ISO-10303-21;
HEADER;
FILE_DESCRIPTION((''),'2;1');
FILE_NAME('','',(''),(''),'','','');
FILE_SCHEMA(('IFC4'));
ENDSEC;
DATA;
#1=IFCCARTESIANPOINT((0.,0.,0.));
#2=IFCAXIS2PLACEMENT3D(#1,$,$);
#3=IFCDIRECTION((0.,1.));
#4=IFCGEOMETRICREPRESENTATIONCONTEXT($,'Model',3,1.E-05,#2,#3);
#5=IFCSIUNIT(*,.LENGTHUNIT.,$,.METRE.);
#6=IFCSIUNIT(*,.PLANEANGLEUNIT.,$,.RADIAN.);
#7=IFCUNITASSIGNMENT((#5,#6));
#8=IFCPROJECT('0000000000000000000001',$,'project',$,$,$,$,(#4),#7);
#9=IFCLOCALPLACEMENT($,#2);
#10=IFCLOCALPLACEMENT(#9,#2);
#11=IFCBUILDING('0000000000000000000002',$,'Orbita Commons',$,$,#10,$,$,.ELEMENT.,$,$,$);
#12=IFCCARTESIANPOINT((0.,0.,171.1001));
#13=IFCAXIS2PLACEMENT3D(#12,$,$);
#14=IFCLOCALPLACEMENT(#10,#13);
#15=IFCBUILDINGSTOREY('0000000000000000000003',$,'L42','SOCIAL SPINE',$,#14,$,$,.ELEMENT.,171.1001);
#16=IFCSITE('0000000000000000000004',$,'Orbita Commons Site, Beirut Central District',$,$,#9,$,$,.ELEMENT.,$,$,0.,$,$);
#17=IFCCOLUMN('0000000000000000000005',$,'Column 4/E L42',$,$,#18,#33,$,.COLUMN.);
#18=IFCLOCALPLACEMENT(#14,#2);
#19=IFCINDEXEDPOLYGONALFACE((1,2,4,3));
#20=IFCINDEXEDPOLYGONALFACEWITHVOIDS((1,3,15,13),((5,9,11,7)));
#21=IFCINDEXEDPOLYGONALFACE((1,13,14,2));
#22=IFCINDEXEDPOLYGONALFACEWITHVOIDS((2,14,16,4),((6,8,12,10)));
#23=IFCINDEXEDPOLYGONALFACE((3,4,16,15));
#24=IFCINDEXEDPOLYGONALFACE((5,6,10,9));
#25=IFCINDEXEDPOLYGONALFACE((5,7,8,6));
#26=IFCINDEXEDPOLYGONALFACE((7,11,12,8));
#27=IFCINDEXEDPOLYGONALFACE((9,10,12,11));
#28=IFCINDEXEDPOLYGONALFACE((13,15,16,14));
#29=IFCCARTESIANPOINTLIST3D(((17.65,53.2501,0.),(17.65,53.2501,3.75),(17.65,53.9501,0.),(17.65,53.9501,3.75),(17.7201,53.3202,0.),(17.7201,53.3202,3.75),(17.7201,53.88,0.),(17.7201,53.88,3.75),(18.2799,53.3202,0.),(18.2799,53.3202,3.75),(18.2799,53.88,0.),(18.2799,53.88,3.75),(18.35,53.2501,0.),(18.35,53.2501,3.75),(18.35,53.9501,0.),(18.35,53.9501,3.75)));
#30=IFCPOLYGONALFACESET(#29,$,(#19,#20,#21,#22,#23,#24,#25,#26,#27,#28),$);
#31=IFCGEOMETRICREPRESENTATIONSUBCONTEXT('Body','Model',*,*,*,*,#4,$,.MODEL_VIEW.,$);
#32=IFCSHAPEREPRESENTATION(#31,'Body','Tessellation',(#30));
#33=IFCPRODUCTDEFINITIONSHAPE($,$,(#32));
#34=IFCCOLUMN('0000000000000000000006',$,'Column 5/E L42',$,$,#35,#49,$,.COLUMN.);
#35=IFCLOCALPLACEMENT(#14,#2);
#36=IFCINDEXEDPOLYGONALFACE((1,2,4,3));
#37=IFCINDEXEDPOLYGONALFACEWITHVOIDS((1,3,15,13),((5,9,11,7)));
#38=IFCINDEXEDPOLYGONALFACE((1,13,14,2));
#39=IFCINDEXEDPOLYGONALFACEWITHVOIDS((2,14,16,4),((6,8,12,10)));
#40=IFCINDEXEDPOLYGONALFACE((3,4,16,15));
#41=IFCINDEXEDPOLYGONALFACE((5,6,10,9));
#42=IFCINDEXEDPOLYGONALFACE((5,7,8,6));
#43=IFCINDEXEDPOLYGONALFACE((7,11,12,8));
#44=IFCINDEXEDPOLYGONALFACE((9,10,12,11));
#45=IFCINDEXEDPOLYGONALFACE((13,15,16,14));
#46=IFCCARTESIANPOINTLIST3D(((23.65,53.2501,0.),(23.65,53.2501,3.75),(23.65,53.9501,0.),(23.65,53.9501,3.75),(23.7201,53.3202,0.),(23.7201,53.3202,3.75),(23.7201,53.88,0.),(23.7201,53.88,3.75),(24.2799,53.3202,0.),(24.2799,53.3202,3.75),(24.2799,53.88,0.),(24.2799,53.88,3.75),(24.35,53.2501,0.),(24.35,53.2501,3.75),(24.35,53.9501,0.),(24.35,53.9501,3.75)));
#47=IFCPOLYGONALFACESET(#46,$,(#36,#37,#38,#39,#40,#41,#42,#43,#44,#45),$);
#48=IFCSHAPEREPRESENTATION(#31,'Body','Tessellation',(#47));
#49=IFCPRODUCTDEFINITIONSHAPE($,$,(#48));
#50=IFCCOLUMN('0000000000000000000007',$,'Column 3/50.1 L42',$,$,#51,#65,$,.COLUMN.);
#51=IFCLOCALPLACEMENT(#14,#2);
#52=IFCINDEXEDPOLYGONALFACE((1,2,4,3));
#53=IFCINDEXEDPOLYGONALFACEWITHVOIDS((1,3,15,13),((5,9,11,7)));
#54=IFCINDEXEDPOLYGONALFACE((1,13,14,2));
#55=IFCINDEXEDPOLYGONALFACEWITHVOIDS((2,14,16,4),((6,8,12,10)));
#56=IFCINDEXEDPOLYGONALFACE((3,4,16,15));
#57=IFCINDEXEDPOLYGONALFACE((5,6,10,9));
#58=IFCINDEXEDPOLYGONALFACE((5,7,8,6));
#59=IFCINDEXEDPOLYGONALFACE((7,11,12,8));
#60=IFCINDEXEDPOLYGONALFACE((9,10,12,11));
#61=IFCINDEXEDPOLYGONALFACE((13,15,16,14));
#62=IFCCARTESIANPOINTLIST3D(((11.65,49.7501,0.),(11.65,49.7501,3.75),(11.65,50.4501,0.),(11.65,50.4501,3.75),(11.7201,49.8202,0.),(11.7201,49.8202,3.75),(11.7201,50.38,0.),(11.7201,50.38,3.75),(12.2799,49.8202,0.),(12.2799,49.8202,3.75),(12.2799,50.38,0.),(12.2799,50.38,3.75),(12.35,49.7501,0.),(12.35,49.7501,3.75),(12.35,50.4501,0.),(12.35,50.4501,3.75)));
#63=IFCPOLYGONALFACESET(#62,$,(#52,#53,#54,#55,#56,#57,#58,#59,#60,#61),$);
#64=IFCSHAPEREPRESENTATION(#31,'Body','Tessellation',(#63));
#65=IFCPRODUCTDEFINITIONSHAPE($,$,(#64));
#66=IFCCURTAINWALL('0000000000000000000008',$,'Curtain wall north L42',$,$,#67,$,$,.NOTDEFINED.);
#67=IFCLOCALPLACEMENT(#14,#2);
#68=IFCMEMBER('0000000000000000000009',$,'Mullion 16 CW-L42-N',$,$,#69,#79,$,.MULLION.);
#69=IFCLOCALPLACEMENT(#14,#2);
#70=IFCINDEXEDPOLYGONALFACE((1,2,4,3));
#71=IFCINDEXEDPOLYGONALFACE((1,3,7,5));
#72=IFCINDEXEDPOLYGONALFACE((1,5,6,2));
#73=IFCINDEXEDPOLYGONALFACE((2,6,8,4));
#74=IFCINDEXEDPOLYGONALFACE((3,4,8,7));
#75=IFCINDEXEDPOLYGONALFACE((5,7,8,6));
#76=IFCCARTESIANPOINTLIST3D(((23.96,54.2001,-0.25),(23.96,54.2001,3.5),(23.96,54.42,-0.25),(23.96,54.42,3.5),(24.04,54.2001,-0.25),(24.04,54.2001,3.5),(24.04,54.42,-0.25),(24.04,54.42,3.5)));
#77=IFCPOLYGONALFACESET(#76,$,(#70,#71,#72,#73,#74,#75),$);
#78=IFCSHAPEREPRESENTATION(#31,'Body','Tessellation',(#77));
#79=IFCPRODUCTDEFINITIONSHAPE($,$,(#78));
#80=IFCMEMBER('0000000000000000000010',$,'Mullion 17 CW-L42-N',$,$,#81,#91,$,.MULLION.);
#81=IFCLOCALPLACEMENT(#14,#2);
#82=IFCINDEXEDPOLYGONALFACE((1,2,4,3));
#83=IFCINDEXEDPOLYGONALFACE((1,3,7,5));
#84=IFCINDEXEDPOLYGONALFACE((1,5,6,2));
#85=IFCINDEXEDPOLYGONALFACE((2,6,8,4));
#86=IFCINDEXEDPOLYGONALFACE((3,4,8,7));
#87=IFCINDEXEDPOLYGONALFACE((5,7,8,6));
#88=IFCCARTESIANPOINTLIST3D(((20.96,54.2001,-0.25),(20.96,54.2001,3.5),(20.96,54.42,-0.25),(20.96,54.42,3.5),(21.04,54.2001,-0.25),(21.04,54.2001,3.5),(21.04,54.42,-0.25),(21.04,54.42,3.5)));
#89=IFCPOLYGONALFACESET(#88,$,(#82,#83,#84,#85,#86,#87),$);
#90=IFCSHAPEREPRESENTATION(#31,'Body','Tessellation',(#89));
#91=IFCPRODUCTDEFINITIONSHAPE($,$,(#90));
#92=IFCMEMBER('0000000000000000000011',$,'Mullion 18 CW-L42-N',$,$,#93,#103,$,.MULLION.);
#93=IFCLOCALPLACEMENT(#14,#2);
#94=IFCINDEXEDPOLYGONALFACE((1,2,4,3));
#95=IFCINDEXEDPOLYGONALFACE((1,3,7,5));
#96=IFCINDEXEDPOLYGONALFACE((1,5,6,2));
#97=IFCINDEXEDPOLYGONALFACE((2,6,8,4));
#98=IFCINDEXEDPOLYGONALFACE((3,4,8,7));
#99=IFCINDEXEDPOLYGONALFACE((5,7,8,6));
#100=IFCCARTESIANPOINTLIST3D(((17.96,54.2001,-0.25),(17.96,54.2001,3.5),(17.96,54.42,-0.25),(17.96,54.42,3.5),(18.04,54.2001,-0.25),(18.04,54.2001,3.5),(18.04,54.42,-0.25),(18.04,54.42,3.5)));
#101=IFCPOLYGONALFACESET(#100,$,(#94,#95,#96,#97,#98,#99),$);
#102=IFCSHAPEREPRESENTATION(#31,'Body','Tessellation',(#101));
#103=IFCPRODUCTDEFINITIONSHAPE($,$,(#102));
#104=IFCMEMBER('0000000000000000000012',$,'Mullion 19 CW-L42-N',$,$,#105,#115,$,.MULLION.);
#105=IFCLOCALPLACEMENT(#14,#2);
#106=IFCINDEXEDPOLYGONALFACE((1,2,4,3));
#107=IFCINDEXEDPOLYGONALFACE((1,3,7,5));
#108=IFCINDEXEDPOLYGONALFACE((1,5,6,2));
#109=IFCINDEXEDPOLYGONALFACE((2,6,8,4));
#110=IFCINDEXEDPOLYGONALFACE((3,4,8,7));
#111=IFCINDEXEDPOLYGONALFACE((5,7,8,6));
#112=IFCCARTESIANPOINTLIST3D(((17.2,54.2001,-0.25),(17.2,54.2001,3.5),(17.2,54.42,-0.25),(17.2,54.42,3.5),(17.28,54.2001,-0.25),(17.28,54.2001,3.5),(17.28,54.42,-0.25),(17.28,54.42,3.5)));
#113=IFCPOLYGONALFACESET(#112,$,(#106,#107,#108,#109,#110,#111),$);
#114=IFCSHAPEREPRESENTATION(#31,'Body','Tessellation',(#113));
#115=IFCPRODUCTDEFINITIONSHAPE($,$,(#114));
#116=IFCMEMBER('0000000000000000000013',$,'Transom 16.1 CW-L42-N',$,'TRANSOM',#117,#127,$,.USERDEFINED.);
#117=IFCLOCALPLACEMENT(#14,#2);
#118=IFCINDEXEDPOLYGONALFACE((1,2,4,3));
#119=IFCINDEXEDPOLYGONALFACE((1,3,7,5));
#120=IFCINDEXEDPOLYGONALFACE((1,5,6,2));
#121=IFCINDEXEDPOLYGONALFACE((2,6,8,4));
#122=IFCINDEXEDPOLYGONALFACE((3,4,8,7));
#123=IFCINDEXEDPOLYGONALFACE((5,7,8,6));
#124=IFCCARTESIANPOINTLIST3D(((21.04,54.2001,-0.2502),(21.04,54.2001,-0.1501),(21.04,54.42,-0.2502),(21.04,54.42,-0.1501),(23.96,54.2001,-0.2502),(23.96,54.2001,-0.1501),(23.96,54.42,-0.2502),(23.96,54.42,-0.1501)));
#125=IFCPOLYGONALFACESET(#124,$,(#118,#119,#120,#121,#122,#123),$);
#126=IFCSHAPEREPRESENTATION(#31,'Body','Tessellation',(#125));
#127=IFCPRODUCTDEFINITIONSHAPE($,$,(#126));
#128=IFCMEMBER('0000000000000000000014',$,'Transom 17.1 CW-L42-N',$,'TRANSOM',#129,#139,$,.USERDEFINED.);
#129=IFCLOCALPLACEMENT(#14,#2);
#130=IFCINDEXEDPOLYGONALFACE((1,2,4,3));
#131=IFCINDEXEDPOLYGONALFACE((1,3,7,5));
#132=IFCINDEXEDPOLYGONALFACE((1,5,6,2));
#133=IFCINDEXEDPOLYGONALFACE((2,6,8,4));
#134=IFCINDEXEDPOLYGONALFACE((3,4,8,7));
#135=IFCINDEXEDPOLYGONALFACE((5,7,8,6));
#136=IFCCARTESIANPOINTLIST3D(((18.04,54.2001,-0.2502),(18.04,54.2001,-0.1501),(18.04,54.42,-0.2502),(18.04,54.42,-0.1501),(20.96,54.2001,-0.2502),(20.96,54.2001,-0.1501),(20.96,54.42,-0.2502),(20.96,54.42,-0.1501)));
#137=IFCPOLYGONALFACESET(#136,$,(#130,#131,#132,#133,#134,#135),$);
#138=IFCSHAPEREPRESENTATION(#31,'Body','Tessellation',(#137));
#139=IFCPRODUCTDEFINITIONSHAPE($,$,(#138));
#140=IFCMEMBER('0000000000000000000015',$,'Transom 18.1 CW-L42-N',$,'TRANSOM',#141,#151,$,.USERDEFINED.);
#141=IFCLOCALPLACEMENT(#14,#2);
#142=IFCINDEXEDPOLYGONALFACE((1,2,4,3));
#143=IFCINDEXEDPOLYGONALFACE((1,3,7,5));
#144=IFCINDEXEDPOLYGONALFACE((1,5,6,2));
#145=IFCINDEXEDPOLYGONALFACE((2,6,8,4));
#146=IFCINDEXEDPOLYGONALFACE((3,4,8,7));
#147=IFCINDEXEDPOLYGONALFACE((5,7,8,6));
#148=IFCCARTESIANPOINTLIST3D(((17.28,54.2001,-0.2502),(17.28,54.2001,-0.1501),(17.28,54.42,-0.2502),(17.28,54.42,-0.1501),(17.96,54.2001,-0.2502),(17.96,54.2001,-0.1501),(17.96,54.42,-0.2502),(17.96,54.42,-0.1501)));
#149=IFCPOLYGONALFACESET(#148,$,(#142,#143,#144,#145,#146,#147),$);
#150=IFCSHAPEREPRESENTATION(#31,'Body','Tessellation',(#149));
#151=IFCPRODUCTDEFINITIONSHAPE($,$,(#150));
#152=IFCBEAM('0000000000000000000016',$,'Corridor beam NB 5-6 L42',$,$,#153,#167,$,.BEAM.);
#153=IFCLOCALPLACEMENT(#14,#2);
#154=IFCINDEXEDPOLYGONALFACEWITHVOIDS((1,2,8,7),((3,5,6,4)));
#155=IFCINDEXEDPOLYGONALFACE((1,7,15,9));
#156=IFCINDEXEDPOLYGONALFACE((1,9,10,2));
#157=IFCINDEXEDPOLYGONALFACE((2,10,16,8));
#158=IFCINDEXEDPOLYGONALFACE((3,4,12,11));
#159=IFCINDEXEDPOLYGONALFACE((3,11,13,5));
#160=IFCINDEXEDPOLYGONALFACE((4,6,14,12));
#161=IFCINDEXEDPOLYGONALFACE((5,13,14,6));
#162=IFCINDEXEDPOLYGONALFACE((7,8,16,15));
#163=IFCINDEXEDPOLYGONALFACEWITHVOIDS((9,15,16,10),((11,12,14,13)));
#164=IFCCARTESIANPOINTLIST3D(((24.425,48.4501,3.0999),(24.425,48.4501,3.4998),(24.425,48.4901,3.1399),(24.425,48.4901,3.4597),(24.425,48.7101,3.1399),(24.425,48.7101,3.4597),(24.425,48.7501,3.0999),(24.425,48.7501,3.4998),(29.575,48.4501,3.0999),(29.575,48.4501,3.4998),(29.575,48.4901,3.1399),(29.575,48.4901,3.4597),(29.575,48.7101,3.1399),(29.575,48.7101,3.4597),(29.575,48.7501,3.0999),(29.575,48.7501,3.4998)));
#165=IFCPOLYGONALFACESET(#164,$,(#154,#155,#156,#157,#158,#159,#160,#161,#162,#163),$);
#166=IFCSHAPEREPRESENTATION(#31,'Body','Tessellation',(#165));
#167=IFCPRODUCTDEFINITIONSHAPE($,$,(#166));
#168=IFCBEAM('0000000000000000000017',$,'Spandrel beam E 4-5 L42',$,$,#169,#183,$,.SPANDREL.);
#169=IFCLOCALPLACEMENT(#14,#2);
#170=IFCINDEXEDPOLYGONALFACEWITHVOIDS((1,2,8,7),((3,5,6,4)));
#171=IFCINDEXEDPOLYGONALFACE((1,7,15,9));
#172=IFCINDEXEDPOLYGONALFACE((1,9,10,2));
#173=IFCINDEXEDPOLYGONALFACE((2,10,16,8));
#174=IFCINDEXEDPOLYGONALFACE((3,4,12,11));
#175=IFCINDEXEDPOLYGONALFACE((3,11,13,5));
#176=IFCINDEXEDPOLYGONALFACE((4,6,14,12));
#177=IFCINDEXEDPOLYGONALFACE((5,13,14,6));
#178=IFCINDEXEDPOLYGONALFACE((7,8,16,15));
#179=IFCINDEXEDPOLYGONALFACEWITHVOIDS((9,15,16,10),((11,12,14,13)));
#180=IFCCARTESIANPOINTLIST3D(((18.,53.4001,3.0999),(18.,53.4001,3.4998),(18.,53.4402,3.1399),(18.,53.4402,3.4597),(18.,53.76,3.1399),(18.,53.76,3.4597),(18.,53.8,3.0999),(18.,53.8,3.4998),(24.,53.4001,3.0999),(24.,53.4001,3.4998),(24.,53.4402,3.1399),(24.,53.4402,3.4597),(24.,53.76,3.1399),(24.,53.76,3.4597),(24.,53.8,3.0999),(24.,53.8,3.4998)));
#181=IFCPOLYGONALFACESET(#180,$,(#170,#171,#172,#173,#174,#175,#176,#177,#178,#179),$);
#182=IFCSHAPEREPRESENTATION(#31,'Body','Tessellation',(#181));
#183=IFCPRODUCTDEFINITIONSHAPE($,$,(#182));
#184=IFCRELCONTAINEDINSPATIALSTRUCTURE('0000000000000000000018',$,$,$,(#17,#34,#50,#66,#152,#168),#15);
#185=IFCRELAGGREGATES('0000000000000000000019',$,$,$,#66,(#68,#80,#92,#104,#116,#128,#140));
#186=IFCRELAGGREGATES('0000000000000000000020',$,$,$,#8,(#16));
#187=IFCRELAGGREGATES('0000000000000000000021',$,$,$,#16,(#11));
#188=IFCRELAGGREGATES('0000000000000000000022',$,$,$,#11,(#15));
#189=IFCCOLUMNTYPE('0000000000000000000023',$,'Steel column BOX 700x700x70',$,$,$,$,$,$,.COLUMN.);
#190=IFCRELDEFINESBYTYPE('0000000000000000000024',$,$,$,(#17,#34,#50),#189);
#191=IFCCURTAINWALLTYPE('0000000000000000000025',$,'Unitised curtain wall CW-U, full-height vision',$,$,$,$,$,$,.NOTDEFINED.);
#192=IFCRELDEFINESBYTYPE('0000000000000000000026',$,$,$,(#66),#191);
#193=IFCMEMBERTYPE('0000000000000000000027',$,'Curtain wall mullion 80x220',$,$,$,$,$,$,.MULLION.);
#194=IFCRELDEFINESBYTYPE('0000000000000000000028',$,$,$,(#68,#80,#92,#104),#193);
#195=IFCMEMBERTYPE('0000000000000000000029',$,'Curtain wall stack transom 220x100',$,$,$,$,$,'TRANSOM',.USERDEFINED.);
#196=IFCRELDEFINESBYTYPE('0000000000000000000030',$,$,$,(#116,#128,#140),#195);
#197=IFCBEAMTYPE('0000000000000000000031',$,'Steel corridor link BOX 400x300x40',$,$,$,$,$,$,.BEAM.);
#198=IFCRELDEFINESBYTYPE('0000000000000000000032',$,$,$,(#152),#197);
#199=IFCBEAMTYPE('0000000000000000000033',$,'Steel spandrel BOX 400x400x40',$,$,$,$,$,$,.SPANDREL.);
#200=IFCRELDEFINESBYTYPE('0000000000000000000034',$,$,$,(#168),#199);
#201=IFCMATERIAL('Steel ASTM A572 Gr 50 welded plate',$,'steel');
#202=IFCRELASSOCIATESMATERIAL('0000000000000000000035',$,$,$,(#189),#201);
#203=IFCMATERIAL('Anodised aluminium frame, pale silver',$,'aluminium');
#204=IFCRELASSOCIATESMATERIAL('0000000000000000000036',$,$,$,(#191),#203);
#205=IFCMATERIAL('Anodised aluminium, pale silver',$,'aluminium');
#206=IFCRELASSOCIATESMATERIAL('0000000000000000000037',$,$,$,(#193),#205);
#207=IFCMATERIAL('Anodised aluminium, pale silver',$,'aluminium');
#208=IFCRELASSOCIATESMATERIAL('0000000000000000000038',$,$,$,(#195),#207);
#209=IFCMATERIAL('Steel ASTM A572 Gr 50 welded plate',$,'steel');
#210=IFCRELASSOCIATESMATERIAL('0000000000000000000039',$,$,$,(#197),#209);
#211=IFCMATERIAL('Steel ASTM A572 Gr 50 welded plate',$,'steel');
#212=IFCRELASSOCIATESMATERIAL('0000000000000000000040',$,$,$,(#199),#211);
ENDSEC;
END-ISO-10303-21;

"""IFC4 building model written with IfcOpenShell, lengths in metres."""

from ifc_helpers import new_model, si_unit, direction, frame, origin, origin_2d, place, context, subcontext, project, spatial, rectangle, hollow_rectangle, extrude, material, material_profile, profile_set, type_object, element, aggregate, save


model = new_model("IFC4")

# Units and contexts
model_context = context("Model", 3, precision=1e-05, world=origin(), true_north=direction((0.0, 1.0)))
body_context = subcontext(model_context, "Body", "Model", "MODEL_VIEW")
ifc_project = project(units=[si_unit("LENGTHUNIT", "METRE"), si_unit("PLANEANGLEUNIT", "RADIAN")], contexts=[model_context])

# Site, building, storey
site_placement = place(None, origin())
site = spatial("IfcSite", under=ifc_project, at=site_placement, Name="Orbita Commons Site, Beirut Central District", CompositionType="ELEMENT", RefElevation=0.0)
building_placement = place(site_placement, origin())
building = spatial("IfcBuilding", under=site, at=building_placement, Name="Orbita Commons", CompositionType="ELEMENT")
storey_placement = place(building_placement, frame((0.0, 0.0, 171.1001)))
storey = spatial("IfcBuildingStorey", under=building, at=storey_placement, Name="L42", Description="SOCIAL SPINE", CompositionType="ELEMENT", Elevation=171.1001)

# Columns
ifc_material_1 = material(Name="Steel ASTM A572 Gr 50 welded plate", Category="steel")
ifc_material_profile_1 = material_profile(ifc_material_1, hollow_rectangle(XDim=0.7, YDim=0.7, WallThickness=0.0701, at=origin_2d()), Name="BOX 700x700x70")
ifc_profile_set_1 = profile_set([ifc_material_profile_1], Name="Steel ASTM A572 Gr 50 welded plate")
column_type = type_object("IfcColumnType", Name="Steel column BOX 700x700x70", PredefinedType="COLUMN", material=ifc_profile_set_1)
for number, where, z_axis, x_axis, name in (
    (1, (18.0, 53.6001, 0.0), (0.0, 0.0, 1.0), (1.0, 0.0, 0.0), "Column 4/E L42"),
    (2, (24.0, 53.6001, 0.0), (0.0, 0.0, 1.0), (1.0, 0.0, 0.0), "Column 5/E L42"),
    (3, (12.0, 50.1001, 0.0), (0.0, 0.0, 1.0), (1.0, 0.0, 0.0), "Column 3/50.1 L42"),
):
    element("IfcColumn", number, at=place(storey_placement, frame(where, z_axis=z_axis, x_axis=x_axis)), inside=storey, type_object=column_type, Name=name, PredefinedType="COLUMN", context=body_context, shape_type="SweptSolid", body=[
        extrude(hollow_rectangle(XDim=0.7, YDim=0.7, WallThickness=0.0701, at=origin_2d()), origin(), (0.0, 0.0, 1.0), 3.75),
    ])

# Curtain wall, members
ifc_material_2 = material(Name="Anodised aluminium frame, pale silver", Category="aluminium")
curtain_wall_type = type_object("IfcCurtainWallType", Name="Unitised curtain wall CW-U, full-height vision", PredefinedType="NOTDEFINED", material=ifc_material_2)
curtain_wall_placement = place(storey_placement, origin())
curtain_wall = element("IfcCurtainWall", 4, at=curtain_wall_placement, inside=storey, type_object=curtain_wall_type, Name="Curtain wall north L42", PredefinedType="NOTDEFINED")
ifc_material_3 = material(Name="Anodised aluminium, pale silver", Category="aluminium")
ifc_material_profile_2 = material_profile(ifc_material_3, rectangle(XDim=0.0801, YDim=0.22, at=origin_2d()), Name="AL 80x220")
ifc_profile_set_2 = profile_set([ifc_material_profile_2], Name="Anodised aluminium, pale silver")
member_type_1 = type_object("IfcMemberType", Name="Curtain wall mullion 80x220", PredefinedType="MULLION", material=ifc_profile_set_2)
member_1_placement = place(storey_placement, frame((24.0, 54.3101, -0.25), z_axis=(0.0, 0.0, 1.0), x_axis=(-1.0, 0.0, 0.0)))
member_1 = element("IfcMember", 5, at=member_1_placement, type_object=member_type_1, Name="Mullion 16 CW-L42-N", PredefinedType="MULLION", context=body_context, shape_type="SweptSolid", body=[
    extrude(rectangle(XDim=0.0801, YDim=0.22, at=origin_2d()), origin(), (0.0, 0.0, 1.0), 3.75),
])
member_2_placement = place(storey_placement, frame((21.0, 54.3101, -0.25), z_axis=(0.0, 0.0, 1.0), x_axis=(-1.0, 0.0, 0.0)))
member_2 = element("IfcMember", 6, at=member_2_placement, type_object=member_type_1, Name="Mullion 17 CW-L42-N", PredefinedType="MULLION", context=body_context, shape_type="SweptSolid", body=[
    extrude(rectangle(XDim=0.0801, YDim=0.22, at=origin_2d()), origin(), (0.0, 0.0, 1.0), 3.75),
])
member_3_placement = place(storey_placement, frame((18.0, 54.3101, -0.25), z_axis=(0.0, 0.0, 1.0), x_axis=(-1.0, 0.0, 0.0)))
member_3 = element("IfcMember", 7, at=member_3_placement, type_object=member_type_1, Name="Mullion 18 CW-L42-N", PredefinedType="MULLION", context=body_context, shape_type="SweptSolid", body=[
    extrude(rectangle(XDim=0.0801, YDim=0.22, at=origin_2d()), origin(), (0.0, 0.0, 1.0), 3.75),
])
member_4_placement = place(storey_placement, frame((17.24, 54.3101, -0.25), z_axis=(0.0, 0.0, 1.0), x_axis=(-1.0, 0.0, 0.0)))
member_4 = element("IfcMember", 8, at=member_4_placement, type_object=member_type_1, Name="Mullion 19 CW-L42-N", PredefinedType="MULLION", context=body_context, shape_type="SweptSolid", body=[
    extrude(rectangle(XDim=0.0801, YDim=0.22, at=origin_2d()), origin(), (0.0, 0.0, 1.0), 3.75),
])
ifc_material_4 = material(Name="Anodised aluminium, pale silver", Category="aluminium")
ifc_material_profile_3 = material_profile(ifc_material_4, rectangle(XDim=0.22, YDim=0.1001, at=origin_2d()), Name="AL 220x100")
ifc_profile_set_3 = profile_set([ifc_material_profile_3], Name="Anodised aluminium, pale silver")
member_type_2 = type_object("IfcMemberType", Name="Curtain wall stack transom 220x100", ElementType="TRANSOM", PredefinedType="USERDEFINED", material=ifc_profile_set_3)
member_5_placement = place(storey_placement, frame((23.96, 54.3101, -0.2002), z_axis=(-1.0, 0.0, 0.0), x_axis=(0.0, -1.0, 0.0)))
member_5 = element("IfcMember", 9, at=member_5_placement, type_object=member_type_2, Name="Transom 16.1 CW-L42-N", ObjectType="TRANSOM", PredefinedType="USERDEFINED", context=body_context, shape_type="SweptSolid", body=[
    extrude(rectangle(XDim=0.22, YDim=0.1001, at=origin_2d()), origin(), (0.0, 0.0, 1.0), 2.9199),
])
member_6_placement = place(storey_placement, frame((20.96, 54.3101, -0.2002), z_axis=(-1.0, 0.0, 0.0), x_axis=(0.0, -1.0, 0.0)))
member_6 = element("IfcMember", 10, at=member_6_placement, type_object=member_type_2, Name="Transom 17.1 CW-L42-N", ObjectType="TRANSOM", PredefinedType="USERDEFINED", context=body_context, shape_type="SweptSolid", body=[
    extrude(rectangle(XDim=0.22, YDim=0.1001, at=origin_2d()), origin(), (0.0, 0.0, 1.0), 2.9199),
])
member_7_placement = place(storey_placement, frame((17.96, 54.3101, -0.2002), z_axis=(-1.0, 0.0, 0.0), x_axis=(0.0, -1.0, 0.0)))
member_7 = element("IfcMember", 11, at=member_7_placement, type_object=member_type_2, Name="Transom 18.1 CW-L42-N", ObjectType="TRANSOM", PredefinedType="USERDEFINED", context=body_context, shape_type="SweptSolid", body=[
    extrude(rectangle(XDim=0.22, YDim=0.1001, at=origin_2d()), origin(), (0.0, 0.0, 1.0), 0.6799),
])

# Beams
ifc_material_5 = material(Name="Steel ASTM A572 Gr 50 welded plate", Category="steel")
ifc_material_profile_4 = material_profile(ifc_material_5, hollow_rectangle(XDim=0.3, YDim=0.3999, WallThickness=0.04, at=origin_2d()), Name="BOX 400x300x40")
ifc_profile_set_4 = profile_set([ifc_material_profile_4], Name="Steel ASTM A572 Gr 50 welded plate")
beam_type_1 = type_object("IfcBeamType", Name="Steel corridor link BOX 400x300x40", PredefinedType="BEAM", material=ifc_profile_set_4)
beam_placement = place(storey_placement, frame((24.425, 48.6001, 3.2998), z_axis=(1.0, 0.0, 0.0), x_axis=(0.0, 1.0, 0.0)))
element("IfcBeam", 12, at=beam_placement, inside=storey, type_object=beam_type_1, Name="Corridor beam NB 5-6 L42", PredefinedType="BEAM", context=body_context, shape_type="SweptSolid", body=[
    extrude(hollow_rectangle(XDim=0.3, YDim=0.3999, WallThickness=0.04, at=origin_2d()), origin(), (0.0, 0.0, 1.0), 5.1499),
])
ifc_material_6 = material(Name="Steel ASTM A572 Gr 50 welded plate", Category="steel")
ifc_material_profile_5 = material_profile(ifc_material_6, hollow_rectangle(XDim=0.3999, YDim=0.3999, WallThickness=0.04, at=origin_2d()), Name="BOX 400x400x40")
ifc_profile_set_5 = profile_set([ifc_material_profile_5], Name="Steel ASTM A572 Gr 50 welded plate")
beam_type_2 = type_object("IfcBeamType", Name="Steel spandrel BOX 400x400x40", PredefinedType="SPANDREL", material=ifc_profile_set_5)
for number, where, z_axis, x_axis, name in (
    (13, (18.0, 53.6001, 3.2998), (1.0, 0.0, 0.0), (0.0, 1.0, 0.0), "Spandrel beam E 4-5 L42"),
):
    element("IfcBeam", number, at=place(storey_placement, frame(where, z_axis=z_axis, x_axis=x_axis)), inside=storey, type_object=beam_type_2, Name=name, PredefinedType="SPANDREL", context=body_context, shape_type="SweptSolid", body=[
        extrude(hollow_rectangle(XDim=0.3999, YDim=0.3999, WallThickness=0.04, at=origin_2d()), origin(), (0.0, 0.0, 1.0), 6.0),
    ])

aggregate(curtain_wall, [member_1, member_2, member_3, member_4, member_5, member_6, member_7])

save(model, "model.ifc")
